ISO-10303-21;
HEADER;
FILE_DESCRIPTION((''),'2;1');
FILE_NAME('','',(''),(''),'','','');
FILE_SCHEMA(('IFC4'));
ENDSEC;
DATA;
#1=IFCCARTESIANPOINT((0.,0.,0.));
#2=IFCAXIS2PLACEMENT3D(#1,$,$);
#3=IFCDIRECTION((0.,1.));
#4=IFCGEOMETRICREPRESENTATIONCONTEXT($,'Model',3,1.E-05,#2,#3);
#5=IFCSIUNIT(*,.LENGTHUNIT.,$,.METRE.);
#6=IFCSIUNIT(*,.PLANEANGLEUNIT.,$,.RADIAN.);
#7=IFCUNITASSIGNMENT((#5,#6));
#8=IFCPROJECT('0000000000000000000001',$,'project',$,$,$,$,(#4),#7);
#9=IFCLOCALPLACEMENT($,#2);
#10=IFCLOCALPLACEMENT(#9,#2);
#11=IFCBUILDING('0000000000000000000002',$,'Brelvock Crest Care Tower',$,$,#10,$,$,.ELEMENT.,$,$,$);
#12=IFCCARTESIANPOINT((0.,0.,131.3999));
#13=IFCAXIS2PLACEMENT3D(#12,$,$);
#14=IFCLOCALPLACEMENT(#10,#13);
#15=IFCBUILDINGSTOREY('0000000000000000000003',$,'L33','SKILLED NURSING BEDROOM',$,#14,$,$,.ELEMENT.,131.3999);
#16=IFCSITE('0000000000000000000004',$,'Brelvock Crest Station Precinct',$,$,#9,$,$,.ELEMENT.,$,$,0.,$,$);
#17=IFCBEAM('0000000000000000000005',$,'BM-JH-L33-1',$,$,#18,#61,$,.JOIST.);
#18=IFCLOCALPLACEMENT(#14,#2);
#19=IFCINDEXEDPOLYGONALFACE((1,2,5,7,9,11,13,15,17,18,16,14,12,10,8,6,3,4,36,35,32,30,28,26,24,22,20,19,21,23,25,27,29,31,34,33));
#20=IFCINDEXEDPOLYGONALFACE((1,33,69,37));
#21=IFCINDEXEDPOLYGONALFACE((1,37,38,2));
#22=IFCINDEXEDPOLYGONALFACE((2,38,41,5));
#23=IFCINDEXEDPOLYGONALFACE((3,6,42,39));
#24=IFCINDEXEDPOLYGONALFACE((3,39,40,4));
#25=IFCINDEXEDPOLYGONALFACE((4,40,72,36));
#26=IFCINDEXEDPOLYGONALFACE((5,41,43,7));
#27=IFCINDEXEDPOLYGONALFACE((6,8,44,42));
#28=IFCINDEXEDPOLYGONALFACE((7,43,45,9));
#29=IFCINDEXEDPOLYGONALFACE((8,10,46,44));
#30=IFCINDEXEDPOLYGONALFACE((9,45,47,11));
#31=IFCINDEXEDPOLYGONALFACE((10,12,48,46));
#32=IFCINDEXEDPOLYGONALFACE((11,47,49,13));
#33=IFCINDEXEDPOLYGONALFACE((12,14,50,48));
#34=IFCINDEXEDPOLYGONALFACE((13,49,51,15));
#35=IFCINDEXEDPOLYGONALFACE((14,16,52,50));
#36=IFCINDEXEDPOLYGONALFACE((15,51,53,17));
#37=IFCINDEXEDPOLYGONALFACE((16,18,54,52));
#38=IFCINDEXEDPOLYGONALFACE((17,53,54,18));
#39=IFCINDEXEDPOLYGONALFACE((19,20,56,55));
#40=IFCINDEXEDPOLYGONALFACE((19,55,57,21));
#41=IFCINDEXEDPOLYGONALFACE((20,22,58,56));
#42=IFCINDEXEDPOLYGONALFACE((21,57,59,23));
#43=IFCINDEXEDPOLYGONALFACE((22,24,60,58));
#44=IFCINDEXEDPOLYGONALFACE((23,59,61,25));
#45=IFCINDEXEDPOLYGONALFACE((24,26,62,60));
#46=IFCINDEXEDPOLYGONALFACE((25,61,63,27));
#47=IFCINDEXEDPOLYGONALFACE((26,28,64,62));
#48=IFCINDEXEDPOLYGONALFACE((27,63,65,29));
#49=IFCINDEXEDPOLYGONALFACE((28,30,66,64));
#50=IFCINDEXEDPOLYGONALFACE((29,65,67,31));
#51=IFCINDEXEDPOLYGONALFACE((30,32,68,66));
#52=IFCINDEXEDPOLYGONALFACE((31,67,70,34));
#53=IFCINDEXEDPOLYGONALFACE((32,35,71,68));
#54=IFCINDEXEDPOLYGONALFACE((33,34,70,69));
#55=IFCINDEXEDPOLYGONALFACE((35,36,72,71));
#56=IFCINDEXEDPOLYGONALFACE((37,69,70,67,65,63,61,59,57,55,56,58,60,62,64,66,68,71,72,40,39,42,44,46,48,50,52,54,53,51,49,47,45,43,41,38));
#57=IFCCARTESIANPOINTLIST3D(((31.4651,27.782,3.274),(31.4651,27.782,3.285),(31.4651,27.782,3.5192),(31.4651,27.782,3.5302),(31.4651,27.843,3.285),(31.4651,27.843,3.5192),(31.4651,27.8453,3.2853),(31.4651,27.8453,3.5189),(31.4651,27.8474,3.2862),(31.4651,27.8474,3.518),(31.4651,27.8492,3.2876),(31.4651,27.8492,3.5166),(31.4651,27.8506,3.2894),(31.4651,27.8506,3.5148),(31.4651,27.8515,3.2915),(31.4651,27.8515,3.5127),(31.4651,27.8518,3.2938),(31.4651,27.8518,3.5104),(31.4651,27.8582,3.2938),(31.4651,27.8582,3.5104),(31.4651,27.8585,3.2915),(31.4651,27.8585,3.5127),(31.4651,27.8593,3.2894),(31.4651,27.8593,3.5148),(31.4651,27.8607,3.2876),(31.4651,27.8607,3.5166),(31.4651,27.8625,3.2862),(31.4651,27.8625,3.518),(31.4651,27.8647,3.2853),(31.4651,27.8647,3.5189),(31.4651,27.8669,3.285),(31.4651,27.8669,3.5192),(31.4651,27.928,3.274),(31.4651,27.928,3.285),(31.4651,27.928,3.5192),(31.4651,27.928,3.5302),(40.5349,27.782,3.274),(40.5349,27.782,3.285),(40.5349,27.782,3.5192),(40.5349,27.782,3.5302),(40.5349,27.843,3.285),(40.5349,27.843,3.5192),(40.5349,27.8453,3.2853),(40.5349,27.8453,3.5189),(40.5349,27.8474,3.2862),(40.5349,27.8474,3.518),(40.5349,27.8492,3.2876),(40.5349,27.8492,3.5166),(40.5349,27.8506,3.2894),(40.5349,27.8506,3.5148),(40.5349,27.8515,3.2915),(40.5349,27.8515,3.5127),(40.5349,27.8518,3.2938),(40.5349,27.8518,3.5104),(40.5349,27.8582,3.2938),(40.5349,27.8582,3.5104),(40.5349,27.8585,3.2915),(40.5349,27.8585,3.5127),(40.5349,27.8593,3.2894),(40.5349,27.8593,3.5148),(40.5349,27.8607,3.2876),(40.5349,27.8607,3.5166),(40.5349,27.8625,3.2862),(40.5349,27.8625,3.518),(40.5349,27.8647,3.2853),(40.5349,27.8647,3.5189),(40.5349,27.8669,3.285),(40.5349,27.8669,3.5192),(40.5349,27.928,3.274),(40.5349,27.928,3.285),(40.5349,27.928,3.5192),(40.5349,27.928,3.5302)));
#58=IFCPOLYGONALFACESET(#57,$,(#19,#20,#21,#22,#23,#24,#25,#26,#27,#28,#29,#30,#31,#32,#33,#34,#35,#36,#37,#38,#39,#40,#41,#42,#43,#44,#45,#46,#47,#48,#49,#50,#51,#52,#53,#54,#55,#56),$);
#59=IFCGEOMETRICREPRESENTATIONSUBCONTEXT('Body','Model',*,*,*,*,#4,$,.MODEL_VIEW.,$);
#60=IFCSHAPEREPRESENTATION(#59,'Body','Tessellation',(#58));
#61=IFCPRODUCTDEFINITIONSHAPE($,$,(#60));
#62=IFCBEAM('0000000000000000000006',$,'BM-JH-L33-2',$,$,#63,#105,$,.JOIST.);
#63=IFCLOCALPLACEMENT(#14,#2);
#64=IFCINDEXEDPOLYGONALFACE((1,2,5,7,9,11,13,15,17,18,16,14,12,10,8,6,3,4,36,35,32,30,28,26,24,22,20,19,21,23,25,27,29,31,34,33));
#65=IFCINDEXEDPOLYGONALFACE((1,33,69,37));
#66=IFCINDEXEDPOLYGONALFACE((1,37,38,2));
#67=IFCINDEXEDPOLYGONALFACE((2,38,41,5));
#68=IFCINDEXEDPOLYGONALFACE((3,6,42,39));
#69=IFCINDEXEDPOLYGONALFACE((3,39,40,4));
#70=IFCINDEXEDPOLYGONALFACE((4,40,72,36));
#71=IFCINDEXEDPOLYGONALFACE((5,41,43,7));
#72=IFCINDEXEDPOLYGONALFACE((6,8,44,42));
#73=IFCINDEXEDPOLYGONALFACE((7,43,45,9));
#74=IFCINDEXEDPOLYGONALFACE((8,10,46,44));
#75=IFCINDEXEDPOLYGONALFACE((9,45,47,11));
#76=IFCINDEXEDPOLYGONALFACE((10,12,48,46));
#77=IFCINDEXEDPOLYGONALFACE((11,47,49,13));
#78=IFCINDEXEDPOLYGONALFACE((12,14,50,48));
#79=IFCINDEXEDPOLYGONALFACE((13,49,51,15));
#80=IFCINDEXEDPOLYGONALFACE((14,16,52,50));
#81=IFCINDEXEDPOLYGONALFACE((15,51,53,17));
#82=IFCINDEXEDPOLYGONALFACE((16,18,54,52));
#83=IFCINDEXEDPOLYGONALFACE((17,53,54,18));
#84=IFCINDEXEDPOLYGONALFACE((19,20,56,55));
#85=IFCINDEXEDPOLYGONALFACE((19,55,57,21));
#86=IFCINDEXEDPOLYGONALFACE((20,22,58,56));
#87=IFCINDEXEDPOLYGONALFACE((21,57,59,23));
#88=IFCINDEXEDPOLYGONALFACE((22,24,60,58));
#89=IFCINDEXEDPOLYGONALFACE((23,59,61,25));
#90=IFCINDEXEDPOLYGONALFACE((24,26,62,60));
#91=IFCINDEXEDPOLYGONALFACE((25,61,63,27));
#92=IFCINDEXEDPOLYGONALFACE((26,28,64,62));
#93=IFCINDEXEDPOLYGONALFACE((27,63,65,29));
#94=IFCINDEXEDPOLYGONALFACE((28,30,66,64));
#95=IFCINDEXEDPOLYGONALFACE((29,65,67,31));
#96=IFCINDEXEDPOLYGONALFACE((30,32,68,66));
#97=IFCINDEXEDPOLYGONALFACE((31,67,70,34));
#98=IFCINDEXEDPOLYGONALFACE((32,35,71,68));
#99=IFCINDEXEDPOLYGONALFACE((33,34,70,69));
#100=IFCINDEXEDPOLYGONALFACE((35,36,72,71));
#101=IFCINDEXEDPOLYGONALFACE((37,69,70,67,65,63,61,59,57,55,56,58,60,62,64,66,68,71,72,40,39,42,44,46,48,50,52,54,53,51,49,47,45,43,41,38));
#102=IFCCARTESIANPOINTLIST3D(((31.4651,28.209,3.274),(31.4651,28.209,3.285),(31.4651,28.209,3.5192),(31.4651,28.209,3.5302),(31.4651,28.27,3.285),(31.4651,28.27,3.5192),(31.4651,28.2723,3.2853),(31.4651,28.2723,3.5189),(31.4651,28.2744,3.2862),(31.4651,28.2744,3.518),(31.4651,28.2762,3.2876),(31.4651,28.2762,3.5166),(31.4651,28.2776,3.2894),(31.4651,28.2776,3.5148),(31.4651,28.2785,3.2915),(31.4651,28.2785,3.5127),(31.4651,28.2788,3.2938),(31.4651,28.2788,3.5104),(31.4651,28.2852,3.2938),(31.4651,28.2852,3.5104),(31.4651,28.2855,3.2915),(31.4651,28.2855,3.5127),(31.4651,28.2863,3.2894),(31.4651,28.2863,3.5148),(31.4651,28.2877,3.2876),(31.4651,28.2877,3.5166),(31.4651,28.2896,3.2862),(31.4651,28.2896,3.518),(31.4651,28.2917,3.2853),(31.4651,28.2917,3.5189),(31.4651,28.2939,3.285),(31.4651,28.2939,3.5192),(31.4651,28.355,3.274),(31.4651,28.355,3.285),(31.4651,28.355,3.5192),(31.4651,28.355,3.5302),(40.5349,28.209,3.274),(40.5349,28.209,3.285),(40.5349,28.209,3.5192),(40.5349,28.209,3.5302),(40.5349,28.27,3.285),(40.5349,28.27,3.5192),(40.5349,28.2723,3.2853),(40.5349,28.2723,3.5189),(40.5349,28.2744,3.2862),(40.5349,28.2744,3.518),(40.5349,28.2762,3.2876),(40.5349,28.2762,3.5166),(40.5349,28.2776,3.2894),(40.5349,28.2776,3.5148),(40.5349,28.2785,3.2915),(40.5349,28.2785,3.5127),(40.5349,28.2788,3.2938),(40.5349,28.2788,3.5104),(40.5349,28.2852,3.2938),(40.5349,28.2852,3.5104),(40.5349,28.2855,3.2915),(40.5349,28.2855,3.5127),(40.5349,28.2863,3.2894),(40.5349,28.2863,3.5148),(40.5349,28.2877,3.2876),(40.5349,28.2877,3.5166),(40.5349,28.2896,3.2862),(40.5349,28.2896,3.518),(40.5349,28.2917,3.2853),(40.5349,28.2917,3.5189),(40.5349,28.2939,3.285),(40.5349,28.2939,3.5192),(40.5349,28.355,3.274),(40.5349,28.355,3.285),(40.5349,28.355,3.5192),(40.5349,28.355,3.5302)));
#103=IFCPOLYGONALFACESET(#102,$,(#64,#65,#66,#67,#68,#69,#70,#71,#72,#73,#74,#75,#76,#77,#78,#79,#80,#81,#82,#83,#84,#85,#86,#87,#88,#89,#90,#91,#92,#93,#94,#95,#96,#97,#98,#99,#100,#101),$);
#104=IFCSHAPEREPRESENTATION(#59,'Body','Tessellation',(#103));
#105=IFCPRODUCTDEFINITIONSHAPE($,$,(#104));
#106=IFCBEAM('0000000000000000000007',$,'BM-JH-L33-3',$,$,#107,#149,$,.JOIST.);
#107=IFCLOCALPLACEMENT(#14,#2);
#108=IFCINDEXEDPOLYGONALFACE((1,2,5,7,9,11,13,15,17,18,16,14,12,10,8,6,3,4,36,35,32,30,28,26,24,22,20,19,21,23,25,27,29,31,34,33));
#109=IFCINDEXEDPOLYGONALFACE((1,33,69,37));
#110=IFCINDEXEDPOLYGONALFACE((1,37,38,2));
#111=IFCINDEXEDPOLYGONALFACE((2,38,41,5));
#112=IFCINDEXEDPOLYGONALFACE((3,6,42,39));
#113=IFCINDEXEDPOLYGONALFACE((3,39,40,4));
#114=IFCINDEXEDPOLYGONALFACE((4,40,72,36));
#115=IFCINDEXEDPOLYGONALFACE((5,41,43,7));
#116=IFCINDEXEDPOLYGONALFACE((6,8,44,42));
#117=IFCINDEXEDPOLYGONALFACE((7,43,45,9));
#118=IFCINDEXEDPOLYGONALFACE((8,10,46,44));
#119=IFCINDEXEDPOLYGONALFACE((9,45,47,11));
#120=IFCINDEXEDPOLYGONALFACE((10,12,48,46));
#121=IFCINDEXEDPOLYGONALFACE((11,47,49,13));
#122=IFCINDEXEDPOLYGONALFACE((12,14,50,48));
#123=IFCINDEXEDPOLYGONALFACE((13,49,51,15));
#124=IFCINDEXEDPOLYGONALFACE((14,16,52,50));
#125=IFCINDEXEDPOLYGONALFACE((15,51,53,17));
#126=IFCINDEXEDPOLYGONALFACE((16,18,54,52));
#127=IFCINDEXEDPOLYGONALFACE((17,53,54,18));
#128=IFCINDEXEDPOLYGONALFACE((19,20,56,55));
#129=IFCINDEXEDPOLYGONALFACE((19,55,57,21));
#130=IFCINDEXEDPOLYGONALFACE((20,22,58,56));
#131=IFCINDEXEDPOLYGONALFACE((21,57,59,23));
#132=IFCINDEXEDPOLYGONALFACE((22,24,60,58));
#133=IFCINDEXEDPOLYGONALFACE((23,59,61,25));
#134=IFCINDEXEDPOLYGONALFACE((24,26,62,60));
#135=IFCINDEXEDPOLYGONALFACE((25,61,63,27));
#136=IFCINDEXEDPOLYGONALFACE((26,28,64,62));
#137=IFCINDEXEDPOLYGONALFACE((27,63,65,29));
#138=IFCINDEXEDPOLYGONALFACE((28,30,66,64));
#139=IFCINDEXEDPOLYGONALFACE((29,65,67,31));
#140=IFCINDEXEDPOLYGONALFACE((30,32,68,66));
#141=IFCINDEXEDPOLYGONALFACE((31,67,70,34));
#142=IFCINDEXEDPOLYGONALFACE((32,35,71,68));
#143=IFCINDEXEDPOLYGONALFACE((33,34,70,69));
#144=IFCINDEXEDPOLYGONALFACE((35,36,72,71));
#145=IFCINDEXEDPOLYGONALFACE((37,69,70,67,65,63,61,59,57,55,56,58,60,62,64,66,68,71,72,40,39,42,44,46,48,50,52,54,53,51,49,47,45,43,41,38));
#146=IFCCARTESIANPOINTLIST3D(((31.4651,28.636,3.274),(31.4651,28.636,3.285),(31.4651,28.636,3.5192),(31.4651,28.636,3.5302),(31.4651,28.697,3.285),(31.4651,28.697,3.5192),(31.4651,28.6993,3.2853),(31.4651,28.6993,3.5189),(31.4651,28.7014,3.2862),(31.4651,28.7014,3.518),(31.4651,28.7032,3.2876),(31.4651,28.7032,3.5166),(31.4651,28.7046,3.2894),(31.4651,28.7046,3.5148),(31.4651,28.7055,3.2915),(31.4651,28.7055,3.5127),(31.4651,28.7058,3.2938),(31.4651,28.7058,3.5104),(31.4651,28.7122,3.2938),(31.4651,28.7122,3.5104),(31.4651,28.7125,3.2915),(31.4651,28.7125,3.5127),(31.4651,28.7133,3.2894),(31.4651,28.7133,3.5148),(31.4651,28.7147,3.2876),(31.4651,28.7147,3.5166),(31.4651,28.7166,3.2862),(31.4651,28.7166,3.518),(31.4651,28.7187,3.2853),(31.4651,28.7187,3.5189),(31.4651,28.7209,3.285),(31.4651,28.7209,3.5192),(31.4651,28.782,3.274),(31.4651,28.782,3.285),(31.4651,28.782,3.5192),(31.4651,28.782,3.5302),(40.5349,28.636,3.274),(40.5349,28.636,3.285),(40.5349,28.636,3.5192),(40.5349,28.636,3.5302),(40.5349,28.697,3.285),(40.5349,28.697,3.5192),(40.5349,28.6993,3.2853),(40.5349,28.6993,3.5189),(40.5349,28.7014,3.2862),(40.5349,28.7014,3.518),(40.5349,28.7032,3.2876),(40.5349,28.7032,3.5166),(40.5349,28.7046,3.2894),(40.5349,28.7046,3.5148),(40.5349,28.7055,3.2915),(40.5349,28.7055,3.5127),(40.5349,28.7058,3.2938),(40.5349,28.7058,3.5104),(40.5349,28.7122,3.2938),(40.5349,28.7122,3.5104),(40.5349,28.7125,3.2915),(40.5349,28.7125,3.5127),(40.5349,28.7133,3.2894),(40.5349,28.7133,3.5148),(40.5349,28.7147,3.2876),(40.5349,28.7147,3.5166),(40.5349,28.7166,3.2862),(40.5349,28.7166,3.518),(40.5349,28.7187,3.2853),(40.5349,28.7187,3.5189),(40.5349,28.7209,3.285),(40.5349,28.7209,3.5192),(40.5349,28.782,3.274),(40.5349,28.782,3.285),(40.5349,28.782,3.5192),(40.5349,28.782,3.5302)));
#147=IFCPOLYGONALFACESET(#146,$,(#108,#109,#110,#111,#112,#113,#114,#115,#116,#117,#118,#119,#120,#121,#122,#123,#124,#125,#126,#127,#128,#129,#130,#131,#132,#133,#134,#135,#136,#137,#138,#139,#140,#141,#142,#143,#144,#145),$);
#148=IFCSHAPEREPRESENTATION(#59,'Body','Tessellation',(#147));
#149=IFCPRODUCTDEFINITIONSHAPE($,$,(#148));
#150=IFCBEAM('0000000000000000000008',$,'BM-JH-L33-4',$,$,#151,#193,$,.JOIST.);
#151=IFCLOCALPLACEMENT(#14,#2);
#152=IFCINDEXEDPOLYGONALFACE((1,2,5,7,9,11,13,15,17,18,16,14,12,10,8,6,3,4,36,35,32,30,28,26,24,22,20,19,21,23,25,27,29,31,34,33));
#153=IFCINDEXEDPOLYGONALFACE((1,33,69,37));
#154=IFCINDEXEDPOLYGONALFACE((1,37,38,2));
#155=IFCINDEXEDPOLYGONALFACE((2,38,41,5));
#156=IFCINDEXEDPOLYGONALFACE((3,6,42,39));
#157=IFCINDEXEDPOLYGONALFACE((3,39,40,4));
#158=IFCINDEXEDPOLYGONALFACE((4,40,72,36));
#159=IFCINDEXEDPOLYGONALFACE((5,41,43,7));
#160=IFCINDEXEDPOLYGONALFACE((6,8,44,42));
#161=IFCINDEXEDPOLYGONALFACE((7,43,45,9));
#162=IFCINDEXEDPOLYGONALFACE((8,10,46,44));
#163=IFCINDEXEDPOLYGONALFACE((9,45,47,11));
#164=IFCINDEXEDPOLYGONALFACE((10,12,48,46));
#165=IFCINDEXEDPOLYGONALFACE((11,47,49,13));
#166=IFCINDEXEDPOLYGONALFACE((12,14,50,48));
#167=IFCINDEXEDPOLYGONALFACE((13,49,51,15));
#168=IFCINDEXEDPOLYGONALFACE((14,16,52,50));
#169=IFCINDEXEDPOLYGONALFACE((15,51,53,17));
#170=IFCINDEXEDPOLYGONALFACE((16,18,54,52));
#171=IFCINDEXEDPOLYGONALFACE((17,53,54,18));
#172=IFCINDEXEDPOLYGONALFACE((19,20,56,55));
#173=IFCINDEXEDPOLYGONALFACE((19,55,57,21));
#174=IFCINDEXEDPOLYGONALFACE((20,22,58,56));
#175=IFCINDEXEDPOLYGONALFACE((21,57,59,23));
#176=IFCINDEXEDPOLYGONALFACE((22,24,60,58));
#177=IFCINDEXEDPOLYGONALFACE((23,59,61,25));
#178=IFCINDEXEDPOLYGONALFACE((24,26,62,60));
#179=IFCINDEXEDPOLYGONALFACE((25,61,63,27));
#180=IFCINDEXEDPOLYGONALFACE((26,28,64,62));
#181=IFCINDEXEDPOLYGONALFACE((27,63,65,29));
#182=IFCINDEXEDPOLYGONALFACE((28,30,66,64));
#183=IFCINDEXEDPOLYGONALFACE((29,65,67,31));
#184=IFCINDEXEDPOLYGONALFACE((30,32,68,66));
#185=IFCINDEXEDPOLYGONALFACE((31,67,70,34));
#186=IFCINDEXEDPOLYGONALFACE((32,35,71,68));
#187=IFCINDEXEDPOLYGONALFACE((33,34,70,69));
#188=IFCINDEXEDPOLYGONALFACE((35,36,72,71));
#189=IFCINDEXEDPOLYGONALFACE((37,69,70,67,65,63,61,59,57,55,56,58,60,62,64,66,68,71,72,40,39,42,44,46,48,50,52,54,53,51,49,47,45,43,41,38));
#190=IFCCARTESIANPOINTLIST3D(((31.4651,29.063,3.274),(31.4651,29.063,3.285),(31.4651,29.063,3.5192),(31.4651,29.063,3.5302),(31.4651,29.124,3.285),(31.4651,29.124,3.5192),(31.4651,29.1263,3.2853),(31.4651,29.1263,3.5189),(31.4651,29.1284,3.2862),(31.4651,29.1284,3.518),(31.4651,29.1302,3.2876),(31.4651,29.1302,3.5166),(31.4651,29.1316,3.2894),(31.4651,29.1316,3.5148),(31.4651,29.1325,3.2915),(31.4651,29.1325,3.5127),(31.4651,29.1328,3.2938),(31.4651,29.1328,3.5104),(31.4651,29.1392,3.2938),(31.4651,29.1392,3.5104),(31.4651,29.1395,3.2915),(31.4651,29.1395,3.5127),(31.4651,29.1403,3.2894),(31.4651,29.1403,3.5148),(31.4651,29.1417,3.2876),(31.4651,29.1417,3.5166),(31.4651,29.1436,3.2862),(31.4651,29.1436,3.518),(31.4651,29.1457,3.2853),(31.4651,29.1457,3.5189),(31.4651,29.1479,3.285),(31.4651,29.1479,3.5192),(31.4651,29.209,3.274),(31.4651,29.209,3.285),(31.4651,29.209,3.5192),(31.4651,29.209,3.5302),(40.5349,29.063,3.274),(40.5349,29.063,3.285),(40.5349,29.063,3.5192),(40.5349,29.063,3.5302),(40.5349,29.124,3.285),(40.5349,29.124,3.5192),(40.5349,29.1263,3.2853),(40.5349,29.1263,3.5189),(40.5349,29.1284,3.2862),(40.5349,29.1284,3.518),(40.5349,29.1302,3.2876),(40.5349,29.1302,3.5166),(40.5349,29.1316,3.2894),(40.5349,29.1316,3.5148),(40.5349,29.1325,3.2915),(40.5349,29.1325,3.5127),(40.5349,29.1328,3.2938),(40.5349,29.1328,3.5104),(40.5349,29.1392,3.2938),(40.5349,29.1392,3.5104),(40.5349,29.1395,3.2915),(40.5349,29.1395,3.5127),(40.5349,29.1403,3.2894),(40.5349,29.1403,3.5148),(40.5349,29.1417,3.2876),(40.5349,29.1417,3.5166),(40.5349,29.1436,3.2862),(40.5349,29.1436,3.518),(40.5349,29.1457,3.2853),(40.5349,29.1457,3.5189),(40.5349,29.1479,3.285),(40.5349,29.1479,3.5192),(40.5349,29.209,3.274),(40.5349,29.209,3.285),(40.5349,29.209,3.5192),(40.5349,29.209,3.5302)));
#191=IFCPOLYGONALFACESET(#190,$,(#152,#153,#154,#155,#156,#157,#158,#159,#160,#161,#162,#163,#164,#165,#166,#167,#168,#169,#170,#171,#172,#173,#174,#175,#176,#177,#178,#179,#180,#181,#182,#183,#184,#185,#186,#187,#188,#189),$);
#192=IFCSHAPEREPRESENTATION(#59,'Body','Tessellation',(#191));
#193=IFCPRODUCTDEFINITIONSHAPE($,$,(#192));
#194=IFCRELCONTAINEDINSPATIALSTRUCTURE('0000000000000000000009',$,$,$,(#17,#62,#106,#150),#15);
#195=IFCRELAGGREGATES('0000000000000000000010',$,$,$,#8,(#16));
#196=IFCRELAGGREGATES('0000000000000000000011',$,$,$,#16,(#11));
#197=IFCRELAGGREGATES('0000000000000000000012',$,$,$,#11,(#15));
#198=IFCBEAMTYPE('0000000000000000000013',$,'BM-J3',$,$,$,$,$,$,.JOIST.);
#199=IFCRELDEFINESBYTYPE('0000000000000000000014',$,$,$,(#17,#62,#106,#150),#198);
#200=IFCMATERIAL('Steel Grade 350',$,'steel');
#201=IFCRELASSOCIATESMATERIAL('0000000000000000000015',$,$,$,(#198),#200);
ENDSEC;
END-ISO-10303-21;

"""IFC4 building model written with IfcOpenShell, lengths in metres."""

from ifc_helpers import new_model, si_unit, direction, frame, origin, origin_2d, place, context, subcontext, project, spatial, i_section, extrude, source, transform, mapped, material, material_profile, profile_set, type_object, element, save


model = new_model("IFC4")

# Units and contexts
model_context = context("Model", 3, precision=1e-05, world=origin(), true_north=direction((0.0, 1.0)))
body_context = subcontext(model_context, "Body", "Model", "MODEL_VIEW")
ifc_project = project(units=[si_unit("LENGTHUNIT", "METRE"), si_unit("PLANEANGLEUNIT", "RADIAN")], contexts=[model_context])

# Site, building, storey
site_placement = place(None, origin())
site = spatial("IfcSite", under=ifc_project, at=site_placement, Name="Brelvock Crest Station Precinct", CompositionType="ELEMENT", RefElevation=0.0)
building_placement = place(site_placement, origin())
building = spatial("IfcBuilding", under=site, at=building_placement, Name="Brelvock Crest Care Tower", CompositionType="ELEMENT")
storey_placement = place(building_placement, frame((0.0, 0.0, 131.3999)))
storey = spatial("IfcBuildingStorey", under=building, at=storey_placement, Name="L33", Description="SKILLED NURSING BEDROOM", CompositionType="ELEMENT", Elevation=131.3999)

# Shared definitions
ifc_material_1 = material(Name="Steel Grade 350", Category="steel")

# Beams
ifc_material_profile_1 = material_profile(ifc_material_1, i_section(OverallWidth=0.146, OverallDepth=0.2561, WebThickness=0.0063, FlangeThickness=0.011, FilletRadius=0.0088, at=origin_2d()), Name="250UB37.3")
ifc_profile_set_1 = profile_set([ifc_material_profile_1], Name="Steel Grade 350")
beam_type_1 = type_object("IfcBeamType", Name="BM-J3", PredefinedType="JOIST", material=ifc_profile_set_1)
shared_shape_1 = source(origin(), body_context, "Body", "SweptSolid", [
    extrude(i_section(OverallWidth=0.146, OverallDepth=0.2561, WebThickness=0.0063, FlangeThickness=0.011, FilletRadius=0.0088, at=origin_2d()), origin(), (0.0, 0.0, 1.0), 9.0698),
])
for number, where, z_axis, x_axis, name in (
    (1, (31.4651, 27.855, 3.4021), (1.0, 0.0, 0.0), (0.0, 1.0, 0.0), "BM-JH-L33-1"),
    (2, (31.4651, 28.282, 3.4021), (1.0, 0.0, 0.0), (0.0, 1.0, 0.0), "BM-JH-L33-2"),
    (3, (31.4651, 28.709, 3.4021), (1.0, 0.0, 0.0), (0.0, 1.0, 0.0), "BM-JH-L33-3"),
    (4, (31.4651, 29.136, 3.4021), (1.0, 0.0, 0.0), (0.0, 1.0, 0.0), "BM-JH-L33-4"),
):
    element("IfcBeam", number, at=place(storey_placement, frame(where, z_axis=z_axis, x_axis=x_axis)), inside=storey, type_object=beam_type_1, Name=name, PredefinedType="JOIST", context=body_context, shape_type="MappedRepresentation", body=[
        mapped(shared_shape_1, transform((0.0, 0.0, 0.0), x_axis=(1.0, 0.0, 0.0), y_axis=(0.0, 1.0, 0.0), z_axis=(0.0, 0.0, 1.0), scale=1.0)),
    ])

save(model, "model.ifc")
